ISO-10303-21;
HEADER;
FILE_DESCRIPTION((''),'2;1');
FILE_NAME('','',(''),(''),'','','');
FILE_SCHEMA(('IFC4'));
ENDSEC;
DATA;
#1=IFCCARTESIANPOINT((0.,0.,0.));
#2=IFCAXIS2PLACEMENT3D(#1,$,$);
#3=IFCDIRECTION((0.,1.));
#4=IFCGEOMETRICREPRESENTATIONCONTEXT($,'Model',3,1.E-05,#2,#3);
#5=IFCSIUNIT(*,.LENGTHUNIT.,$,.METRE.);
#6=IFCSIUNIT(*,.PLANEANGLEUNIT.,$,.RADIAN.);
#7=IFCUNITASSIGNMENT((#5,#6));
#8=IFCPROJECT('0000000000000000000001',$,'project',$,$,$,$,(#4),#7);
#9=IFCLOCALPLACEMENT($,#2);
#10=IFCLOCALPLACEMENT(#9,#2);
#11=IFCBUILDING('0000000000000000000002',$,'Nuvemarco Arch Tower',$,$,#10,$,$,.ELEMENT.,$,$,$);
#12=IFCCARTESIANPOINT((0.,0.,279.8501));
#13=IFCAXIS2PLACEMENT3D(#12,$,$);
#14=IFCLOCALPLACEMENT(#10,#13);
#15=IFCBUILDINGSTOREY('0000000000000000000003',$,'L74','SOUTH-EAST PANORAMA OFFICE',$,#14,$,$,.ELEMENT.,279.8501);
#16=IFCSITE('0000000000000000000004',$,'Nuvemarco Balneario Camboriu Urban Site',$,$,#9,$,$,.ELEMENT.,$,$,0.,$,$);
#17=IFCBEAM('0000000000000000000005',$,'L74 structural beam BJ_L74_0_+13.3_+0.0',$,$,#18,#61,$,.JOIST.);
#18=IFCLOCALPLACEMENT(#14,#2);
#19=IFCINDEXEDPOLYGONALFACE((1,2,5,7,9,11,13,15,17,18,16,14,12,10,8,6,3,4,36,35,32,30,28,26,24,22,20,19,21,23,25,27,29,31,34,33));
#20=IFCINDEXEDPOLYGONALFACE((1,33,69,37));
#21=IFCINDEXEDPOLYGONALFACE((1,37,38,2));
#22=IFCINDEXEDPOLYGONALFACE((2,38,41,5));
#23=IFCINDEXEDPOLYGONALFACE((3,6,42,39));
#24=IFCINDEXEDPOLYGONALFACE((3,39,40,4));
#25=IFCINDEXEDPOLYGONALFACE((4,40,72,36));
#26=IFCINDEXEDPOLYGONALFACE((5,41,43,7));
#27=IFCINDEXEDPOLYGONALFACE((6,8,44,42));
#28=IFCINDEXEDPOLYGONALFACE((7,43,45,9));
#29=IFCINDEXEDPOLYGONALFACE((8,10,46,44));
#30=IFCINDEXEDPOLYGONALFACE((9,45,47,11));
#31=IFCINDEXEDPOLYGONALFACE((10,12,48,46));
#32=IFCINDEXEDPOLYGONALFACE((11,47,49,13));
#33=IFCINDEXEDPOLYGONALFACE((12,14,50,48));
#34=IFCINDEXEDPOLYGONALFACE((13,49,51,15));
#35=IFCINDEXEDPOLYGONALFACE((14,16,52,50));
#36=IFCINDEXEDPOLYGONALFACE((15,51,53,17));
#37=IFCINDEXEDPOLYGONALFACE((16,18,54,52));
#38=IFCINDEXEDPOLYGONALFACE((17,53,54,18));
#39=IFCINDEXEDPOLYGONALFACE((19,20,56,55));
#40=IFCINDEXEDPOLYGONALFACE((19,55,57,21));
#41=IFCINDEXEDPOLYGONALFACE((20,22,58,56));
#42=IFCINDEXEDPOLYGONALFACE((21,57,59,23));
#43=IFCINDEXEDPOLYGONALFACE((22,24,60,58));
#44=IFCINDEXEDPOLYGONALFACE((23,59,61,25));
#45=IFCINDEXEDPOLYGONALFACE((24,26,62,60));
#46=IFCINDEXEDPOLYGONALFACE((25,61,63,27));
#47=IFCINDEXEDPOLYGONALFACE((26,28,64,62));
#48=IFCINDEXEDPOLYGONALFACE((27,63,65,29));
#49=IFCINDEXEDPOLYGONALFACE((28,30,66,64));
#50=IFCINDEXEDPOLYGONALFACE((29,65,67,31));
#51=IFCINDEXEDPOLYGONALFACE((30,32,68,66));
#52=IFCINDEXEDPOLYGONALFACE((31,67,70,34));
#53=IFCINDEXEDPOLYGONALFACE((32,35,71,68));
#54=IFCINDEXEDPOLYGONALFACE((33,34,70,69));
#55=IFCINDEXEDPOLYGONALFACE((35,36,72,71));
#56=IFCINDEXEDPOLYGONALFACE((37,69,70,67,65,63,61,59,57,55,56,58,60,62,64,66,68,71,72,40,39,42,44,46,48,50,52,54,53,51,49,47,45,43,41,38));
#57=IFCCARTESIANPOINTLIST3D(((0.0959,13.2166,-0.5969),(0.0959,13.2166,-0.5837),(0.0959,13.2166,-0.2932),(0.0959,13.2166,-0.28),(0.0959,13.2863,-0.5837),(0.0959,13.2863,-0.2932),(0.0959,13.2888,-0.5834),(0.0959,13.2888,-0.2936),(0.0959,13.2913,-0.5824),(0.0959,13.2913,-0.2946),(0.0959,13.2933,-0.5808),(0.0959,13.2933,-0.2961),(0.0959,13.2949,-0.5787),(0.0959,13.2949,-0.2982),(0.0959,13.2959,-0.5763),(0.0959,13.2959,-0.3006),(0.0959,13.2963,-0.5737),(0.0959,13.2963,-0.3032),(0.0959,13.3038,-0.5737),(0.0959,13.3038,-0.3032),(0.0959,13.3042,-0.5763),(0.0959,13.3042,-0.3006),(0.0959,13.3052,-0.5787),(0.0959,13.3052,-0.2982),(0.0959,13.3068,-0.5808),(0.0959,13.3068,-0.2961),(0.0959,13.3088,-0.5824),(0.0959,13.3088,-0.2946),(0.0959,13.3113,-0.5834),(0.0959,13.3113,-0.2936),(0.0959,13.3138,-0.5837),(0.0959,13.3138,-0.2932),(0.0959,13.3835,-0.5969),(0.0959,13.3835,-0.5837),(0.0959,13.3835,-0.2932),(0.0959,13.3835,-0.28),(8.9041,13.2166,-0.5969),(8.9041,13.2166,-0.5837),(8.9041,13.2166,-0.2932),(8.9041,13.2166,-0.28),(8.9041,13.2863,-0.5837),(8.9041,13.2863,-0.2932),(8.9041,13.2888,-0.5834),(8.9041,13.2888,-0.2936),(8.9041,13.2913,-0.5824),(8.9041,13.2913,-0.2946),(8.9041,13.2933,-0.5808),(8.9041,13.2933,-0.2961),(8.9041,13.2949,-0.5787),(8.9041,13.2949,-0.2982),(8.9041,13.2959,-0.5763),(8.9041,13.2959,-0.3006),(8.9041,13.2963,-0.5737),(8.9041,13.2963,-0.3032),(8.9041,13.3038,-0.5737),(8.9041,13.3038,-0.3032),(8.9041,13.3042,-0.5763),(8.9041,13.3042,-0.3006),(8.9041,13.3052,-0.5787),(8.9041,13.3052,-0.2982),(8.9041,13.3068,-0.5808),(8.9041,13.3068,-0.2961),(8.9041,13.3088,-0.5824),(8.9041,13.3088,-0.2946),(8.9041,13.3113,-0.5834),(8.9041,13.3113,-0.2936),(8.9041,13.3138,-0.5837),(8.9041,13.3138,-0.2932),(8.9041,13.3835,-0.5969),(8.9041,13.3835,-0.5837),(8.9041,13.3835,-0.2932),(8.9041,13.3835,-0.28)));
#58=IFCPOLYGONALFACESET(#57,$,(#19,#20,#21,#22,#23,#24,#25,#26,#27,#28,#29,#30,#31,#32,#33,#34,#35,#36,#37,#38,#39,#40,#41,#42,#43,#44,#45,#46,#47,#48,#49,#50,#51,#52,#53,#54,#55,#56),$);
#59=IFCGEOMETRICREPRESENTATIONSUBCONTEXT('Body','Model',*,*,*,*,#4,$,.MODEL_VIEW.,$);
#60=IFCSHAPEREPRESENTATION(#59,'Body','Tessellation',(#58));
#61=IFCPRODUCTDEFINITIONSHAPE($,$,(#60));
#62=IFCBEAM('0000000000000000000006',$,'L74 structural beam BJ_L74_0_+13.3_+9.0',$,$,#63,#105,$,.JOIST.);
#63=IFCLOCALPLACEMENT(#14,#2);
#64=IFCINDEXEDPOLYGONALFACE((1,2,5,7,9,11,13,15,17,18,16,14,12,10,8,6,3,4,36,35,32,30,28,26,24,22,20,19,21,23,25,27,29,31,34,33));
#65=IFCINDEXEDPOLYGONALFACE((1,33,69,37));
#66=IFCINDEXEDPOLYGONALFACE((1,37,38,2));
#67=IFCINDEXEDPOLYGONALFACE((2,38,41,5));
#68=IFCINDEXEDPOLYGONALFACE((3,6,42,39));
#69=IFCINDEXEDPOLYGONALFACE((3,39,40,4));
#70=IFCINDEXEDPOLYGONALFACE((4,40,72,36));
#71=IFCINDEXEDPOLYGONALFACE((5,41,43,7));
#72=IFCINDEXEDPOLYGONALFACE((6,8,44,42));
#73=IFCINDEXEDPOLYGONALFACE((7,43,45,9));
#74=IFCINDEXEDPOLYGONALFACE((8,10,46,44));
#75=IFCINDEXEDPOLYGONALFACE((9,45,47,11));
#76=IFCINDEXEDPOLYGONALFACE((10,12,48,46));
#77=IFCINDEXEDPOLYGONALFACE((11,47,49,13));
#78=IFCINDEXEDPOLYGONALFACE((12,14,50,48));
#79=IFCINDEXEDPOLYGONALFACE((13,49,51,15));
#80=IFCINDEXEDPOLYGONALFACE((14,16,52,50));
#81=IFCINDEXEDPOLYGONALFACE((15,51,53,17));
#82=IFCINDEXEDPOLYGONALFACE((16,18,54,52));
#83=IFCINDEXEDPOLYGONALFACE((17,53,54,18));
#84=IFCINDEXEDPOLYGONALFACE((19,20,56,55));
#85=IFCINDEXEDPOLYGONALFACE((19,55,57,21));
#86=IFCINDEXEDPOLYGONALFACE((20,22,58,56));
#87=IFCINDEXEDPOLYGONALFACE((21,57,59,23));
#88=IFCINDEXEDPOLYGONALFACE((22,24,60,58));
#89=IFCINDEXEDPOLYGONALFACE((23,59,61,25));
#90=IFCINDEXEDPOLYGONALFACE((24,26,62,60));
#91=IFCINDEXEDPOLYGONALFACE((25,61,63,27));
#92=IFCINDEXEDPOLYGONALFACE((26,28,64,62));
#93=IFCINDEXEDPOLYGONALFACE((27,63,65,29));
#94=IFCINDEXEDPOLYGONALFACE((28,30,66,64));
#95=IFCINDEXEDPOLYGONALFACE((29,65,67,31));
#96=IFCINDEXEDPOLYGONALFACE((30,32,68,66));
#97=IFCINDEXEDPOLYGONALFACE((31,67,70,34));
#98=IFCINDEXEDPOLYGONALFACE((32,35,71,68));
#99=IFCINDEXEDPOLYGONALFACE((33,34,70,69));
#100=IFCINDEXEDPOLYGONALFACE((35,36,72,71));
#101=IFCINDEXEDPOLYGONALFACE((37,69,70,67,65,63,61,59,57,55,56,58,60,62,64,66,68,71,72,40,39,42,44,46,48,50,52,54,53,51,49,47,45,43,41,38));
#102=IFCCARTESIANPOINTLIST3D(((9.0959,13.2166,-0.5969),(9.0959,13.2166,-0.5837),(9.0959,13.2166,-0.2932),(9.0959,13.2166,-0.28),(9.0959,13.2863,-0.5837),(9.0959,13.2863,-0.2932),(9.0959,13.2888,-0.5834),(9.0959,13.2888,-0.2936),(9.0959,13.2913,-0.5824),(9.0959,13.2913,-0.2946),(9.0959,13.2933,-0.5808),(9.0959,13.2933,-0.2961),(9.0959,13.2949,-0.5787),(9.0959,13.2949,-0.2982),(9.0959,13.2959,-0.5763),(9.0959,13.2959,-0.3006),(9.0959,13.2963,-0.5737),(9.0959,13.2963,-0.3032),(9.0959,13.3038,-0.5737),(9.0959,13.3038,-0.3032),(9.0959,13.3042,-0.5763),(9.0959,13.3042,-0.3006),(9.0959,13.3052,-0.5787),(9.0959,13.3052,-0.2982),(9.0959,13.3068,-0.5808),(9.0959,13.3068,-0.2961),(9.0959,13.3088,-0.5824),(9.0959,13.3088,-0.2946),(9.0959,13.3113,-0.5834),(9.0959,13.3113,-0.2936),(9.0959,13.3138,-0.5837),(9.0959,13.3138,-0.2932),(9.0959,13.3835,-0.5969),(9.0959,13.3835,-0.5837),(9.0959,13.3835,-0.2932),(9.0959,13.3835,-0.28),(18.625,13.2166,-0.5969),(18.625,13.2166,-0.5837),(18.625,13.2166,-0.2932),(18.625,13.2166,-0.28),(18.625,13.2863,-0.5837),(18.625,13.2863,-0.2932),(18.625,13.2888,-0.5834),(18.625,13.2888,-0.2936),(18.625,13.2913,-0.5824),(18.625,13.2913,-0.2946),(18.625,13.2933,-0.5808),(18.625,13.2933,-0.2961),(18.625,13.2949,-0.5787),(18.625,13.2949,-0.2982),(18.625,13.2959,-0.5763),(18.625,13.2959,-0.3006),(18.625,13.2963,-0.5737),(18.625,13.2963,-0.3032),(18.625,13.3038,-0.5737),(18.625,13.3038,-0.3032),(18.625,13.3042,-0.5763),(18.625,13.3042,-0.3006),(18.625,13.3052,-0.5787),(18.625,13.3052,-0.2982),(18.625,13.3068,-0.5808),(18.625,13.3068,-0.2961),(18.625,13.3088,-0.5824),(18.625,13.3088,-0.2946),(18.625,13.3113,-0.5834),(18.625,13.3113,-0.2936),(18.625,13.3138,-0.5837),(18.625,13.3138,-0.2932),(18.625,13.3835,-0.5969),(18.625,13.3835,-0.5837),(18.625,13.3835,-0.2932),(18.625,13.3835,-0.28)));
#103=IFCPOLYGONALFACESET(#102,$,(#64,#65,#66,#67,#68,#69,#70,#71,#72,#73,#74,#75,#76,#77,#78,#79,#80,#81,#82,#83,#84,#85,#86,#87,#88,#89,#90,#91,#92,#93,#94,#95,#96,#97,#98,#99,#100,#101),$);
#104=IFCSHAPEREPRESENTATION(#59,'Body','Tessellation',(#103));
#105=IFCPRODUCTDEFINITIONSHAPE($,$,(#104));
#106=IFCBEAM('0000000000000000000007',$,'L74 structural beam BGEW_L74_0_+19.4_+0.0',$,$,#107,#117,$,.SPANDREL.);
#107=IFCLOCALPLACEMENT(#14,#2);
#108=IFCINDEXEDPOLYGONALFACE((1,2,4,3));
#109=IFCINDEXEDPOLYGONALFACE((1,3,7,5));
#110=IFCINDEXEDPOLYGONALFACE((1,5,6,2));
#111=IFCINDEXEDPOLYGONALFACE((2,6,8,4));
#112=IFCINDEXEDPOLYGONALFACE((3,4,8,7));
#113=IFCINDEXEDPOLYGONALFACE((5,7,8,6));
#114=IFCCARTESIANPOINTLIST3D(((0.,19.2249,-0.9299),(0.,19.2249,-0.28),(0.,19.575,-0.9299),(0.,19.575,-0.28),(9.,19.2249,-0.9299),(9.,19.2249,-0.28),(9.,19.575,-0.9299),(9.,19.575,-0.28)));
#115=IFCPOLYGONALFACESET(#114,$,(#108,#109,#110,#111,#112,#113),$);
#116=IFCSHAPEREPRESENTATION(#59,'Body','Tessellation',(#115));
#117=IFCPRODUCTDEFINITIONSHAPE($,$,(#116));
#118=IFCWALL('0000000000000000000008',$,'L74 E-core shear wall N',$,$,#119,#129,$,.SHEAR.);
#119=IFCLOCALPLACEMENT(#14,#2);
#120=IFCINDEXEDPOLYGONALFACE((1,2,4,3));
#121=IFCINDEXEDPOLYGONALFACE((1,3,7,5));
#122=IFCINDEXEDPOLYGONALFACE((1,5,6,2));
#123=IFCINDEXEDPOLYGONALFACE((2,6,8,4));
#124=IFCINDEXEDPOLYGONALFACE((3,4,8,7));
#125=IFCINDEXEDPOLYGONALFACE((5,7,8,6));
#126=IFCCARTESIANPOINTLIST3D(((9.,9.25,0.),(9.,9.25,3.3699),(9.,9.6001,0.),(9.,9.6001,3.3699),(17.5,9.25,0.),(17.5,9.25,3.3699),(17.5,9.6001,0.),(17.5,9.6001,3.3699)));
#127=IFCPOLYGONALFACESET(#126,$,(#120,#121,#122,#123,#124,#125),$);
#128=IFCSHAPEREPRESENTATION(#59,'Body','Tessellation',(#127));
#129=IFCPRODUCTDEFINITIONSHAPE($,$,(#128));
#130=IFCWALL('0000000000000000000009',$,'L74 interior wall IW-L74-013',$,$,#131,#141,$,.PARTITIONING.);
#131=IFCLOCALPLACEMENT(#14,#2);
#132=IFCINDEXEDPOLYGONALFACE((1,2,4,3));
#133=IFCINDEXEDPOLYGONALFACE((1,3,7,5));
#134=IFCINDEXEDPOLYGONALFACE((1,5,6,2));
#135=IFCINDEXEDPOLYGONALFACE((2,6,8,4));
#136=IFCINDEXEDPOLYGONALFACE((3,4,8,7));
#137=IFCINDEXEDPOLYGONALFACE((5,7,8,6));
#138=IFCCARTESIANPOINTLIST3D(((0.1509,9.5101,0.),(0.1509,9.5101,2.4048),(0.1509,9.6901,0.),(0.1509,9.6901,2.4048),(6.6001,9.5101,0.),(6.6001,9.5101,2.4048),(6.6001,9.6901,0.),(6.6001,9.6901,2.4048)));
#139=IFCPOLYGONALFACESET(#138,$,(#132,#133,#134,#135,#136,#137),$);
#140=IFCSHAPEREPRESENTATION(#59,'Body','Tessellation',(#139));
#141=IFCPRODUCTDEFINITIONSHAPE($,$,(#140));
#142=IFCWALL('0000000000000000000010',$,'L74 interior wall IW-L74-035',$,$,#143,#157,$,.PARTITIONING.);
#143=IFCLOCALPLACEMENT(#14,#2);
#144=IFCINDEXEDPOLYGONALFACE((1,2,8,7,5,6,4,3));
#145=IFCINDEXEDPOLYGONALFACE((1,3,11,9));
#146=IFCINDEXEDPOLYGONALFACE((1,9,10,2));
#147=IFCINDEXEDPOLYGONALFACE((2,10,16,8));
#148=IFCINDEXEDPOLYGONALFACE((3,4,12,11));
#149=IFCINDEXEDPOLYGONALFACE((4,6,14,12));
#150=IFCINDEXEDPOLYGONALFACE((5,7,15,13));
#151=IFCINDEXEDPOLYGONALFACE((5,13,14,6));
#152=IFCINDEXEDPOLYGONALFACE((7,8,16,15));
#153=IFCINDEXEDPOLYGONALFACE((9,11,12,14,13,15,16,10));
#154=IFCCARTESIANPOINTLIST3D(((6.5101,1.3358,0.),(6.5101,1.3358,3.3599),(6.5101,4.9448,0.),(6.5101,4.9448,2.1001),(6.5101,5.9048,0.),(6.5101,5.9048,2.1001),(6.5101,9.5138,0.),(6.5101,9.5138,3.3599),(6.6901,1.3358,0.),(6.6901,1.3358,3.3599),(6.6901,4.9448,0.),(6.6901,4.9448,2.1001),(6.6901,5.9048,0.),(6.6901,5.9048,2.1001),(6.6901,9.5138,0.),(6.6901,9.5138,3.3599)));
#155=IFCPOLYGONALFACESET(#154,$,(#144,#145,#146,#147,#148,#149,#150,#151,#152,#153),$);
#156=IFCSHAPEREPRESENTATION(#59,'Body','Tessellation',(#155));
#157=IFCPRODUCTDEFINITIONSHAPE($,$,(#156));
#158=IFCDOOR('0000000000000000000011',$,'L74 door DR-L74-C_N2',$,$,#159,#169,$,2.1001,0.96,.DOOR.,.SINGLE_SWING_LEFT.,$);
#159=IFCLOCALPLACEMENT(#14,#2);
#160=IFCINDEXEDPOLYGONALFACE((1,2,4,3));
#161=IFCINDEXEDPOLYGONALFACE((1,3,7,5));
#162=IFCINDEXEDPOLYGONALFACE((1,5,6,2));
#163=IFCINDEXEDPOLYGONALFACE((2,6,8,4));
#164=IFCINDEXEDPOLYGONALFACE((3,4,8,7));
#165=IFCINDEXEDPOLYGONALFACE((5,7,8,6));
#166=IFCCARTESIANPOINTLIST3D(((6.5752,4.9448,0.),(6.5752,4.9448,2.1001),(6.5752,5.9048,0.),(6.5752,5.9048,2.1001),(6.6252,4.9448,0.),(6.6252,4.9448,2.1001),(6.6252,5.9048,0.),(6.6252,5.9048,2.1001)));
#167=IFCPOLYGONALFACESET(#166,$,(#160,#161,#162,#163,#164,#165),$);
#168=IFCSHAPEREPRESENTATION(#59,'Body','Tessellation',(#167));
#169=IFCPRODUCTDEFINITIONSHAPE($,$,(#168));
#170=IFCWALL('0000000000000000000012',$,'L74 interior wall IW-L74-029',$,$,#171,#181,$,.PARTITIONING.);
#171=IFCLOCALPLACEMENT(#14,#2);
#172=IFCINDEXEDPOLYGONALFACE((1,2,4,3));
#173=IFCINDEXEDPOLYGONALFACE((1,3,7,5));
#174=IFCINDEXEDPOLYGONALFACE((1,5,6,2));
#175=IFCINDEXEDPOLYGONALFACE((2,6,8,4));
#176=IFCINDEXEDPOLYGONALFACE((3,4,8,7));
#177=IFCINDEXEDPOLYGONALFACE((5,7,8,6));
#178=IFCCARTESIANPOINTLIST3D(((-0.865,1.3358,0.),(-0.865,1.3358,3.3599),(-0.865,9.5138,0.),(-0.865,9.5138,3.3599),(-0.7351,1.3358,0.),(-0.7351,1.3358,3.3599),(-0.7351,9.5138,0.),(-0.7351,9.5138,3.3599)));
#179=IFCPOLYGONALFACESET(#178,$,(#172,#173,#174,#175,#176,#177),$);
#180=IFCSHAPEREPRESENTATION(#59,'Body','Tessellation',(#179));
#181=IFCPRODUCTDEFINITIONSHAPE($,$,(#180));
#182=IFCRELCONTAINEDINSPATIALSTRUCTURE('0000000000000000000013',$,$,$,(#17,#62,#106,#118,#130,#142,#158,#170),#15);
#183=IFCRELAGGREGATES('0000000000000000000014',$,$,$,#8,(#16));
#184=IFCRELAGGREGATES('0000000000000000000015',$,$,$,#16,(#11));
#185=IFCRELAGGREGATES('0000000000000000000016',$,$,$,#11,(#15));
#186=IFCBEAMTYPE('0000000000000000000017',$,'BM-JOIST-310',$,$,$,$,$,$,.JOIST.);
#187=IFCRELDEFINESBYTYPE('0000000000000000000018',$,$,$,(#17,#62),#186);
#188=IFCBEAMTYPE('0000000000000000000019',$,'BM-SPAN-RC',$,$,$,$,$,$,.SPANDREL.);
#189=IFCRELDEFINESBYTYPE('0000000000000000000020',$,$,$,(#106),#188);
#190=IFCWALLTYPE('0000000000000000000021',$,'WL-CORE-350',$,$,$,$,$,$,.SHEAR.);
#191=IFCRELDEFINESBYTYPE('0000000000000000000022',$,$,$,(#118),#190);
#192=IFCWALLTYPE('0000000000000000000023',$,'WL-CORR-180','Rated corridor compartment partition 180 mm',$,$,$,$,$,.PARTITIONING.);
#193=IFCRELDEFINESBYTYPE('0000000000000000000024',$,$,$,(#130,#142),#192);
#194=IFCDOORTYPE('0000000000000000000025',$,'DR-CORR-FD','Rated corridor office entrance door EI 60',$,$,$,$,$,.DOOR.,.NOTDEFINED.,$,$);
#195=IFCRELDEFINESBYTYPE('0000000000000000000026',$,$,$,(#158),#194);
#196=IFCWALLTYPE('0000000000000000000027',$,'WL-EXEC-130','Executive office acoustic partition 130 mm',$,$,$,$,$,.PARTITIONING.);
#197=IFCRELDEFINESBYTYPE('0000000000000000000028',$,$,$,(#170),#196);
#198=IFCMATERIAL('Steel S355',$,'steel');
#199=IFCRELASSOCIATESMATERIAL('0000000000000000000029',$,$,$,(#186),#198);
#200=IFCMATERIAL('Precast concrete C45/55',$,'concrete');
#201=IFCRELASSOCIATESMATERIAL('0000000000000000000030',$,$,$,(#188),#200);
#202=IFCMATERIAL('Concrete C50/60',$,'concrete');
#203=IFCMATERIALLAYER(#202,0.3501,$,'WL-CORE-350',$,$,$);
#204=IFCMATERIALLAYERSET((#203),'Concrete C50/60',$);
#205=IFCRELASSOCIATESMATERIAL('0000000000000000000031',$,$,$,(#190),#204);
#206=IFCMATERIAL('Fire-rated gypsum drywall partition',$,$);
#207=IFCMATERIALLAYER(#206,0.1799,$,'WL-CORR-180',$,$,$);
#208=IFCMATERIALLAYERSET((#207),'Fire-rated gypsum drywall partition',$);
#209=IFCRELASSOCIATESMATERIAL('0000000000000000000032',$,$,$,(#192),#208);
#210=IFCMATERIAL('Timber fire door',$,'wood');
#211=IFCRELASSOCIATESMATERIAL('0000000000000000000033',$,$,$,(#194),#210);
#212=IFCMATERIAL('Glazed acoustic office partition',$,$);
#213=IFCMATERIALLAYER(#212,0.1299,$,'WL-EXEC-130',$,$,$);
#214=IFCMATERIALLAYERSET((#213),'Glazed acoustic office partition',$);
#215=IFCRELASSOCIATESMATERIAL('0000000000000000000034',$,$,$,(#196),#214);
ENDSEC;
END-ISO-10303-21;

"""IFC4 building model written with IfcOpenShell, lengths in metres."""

from ifc_helpers import new_model, si_unit, direction, frame, frame_2d, origin, origin_2d, place, context, subcontext, project, spatial, rectangle, i_section, extrude, source, transform, mapped, material, layer, layer_set, material_profile, profile_set, type_object, type_shapes, element, fill, save


model = new_model("IFC4")

# Units and contexts
model_context = context("Model", 3, precision=1e-05, world=origin(), true_north=direction((0.0, 1.0)))
body_context = subcontext(model_context, "Body", "Model", "MODEL_VIEW")
ifc_project = project(units=[si_unit("LENGTHUNIT", "METRE"), si_unit("PLANEANGLEUNIT", "RADIAN")], contexts=[model_context])

# Site, building, storey
site_placement = place(None, origin())
site = spatial("IfcSite", under=ifc_project, at=site_placement, Name="Nuvemarco Balneario Camboriu Urban Site", CompositionType="ELEMENT", RefElevation=0.0)
building_placement = place(site_placement, origin())
building = spatial("IfcBuilding", under=site, at=building_placement, Name="Nuvemarco Arch Tower", CompositionType="ELEMENT")
storey_placement = place(building_placement, frame((0.0, 0.0, 279.8501)))
storey = spatial("IfcBuildingStorey", under=building, at=storey_placement, Name="L74", Description="SOUTH-EAST PANORAMA OFFICE", CompositionType="ELEMENT", Elevation=279.8501)

# Shared definitions
ifc_material_1 = material(Name="Concrete C50/60", Category="concrete")
ifc_material_2 = material(Name="Steel S355", Category="steel")

# Beams
ifc_material_profile_1 = material_profile(ifc_material_2, i_section(OverallWidth=0.167, OverallDepth=0.3169, WebThickness=0.0076, FlangeThickness=0.0132, FilletRadius=0.01, at=origin_2d()), Name="W310x52")
ifc_profile_set_1 = profile_set([ifc_material_profile_1], Name="Steel S355")
beam_type_1 = type_object("IfcBeamType", Name="BM-JOIST-310", PredefinedType="JOIST", material=ifc_profile_set_1)
beam_1_placement = place(storey_placement, frame((0.0959, 13.3, -0.4385), z_axis=(1.0, 0.0, 0.0), x_axis=(0.0, 1.0, 0.0)))
element("IfcBeam", 1, at=beam_1_placement, inside=storey, type_object=beam_type_1, Name="L74 structural beam BJ_L74_0_+13.3_+0.0", PredefinedType="JOIST", context=body_context, shape_type="SweptSolid", body=[
    extrude(i_section(OverallWidth=0.167, OverallDepth=0.3169, WebThickness=0.0076, FlangeThickness=0.0132, FilletRadius=0.01, at=origin_2d()), origin(), (0.0, 0.0, 1.0), 8.8081),
])
beam_2_placement = place(storey_placement, frame((9.0959, 13.3, -0.4385), z_axis=(1.0, 0.0, 0.0), x_axis=(0.0, 1.0, 0.0)))
element("IfcBeam", 2, at=beam_2_placement, inside=storey, type_object=beam_type_1, Name="L74 structural beam BJ_L74_0_+13.3_+9.0", PredefinedType="JOIST", context=body_context, shape_type="SweptSolid", body=[
    extrude(i_section(OverallWidth=0.167, OverallDepth=0.3169, WebThickness=0.0076, FlangeThickness=0.0132, FilletRadius=0.01, at=origin_2d()), origin(), (0.0, 0.0, 1.0), 9.5291),
])
ifc_material_3 = material(Name="Precast concrete C45/55", Category="concrete")
ifc_material_profile_2 = material_profile(ifc_material_3, rectangle(XDim=0.3501, YDim=0.6499, at=origin_2d()), Name="PC-SP-350x650")
ifc_profile_set_2 = profile_set([ifc_material_profile_2], Name="Precast concrete C45/55")
beam_type_2 = type_object("IfcBeamType", Name="BM-SPAN-RC", PredefinedType="SPANDREL", material=ifc_profile_set_2)
beam_3_placement = place(storey_placement, frame((0.0, 19.3999, -0.605), z_axis=(1.0, 0.0, 0.0), x_axis=(0.0, 1.0, 0.0)))
element("IfcBeam", 3, at=beam_3_placement, inside=storey, type_object=beam_type_2, Name="L74 structural beam BGEW_L74_0_+19.4_+0.0", PredefinedType="SPANDREL", context=body_context, shape_type="SweptSolid", body=[
    extrude(rectangle(XDim=0.3501, YDim=0.6499, at=origin_2d()), origin(), (0.0, 0.0, 1.0), 9.0),
])

# Walls
ifc_layer_1 = layer(ifc_material_1, 0.3501, Name="WL-CORE-350")
ifc_layer_set_1 = layer_set([ifc_layer_1], Name="Concrete C50/60")
wall_type_1 = type_object("IfcWallType", Name="WL-CORE-350", PredefinedType="SHEAR", material=ifc_layer_set_1)
wall_1_placement = place(storey_placement, frame((9.0, 9.425, 0.0), z_axis=(0.0, 0.0, 1.0), x_axis=(1.0, 0.0, 0.0)))
element("IfcWall", 4, at=wall_1_placement, inside=storey, type_object=wall_type_1, Name="L74 E-core shear wall N", PredefinedType="SHEAR", context=body_context, shape_type="SweptSolid", body=[
    extrude(rectangle(XDim=8.5, YDim=0.3501, at=frame_2d((4.25, 0.0))), origin(), (0.0, 0.0, 1.0), 3.3699),
])
ifc_material_4 = material(Name="Fire-rated gypsum drywall partition")
ifc_layer_2 = layer(ifc_material_4, 0.1799, Name="WL-CORR-180")
ifc_layer_set_2 = layer_set([ifc_layer_2], Name="Fire-rated gypsum drywall partition")
wall_type_2 = type_object("IfcWallType", Name="WL-CORR-180", Description="Rated corridor compartment partition 180 mm", PredefinedType="PARTITIONING", material=ifc_layer_set_2)
wall_2_placement = place(storey_placement, frame((0.1509, 9.6001, 0.0), z_axis=(0.0, 0.0, 1.0), x_axis=(1.0, 0.0, 0.0)))
element("IfcWall", 5, at=wall_2_placement, inside=storey, type_object=wall_type_2, Name="L74 interior wall IW-L74-013", PredefinedType="PARTITIONING", context=body_context, shape_type="SweptSolid", body=[
    extrude(rectangle(XDim=6.4492, YDim=0.1799, at=frame_2d((3.2246, 0.0))), origin(), (0.0, 0.0, 1.0), 2.4048),
])

# Wall, opening, door
wall_3_placement = place(storey_placement, frame((6.6001, 1.3359, 0.0), z_axis=(0.0, 0.0, 1.0), x_axis=(0.0, 1.0, 0.0)))
wall_3 = element("IfcWall", 6, at=wall_3_placement, inside=storey, type_object=wall_type_2, Name="L74 interior wall IW-L74-035", PredefinedType="PARTITIONING", context=body_context, shape_type="SweptSolid", body=[
    extrude(rectangle(XDim=8.178, YDim=0.1799, at=frame_2d((4.0889, 0.0))), origin(), (0.0, 0.0, 1.0), 3.3599),
])
opening_placement = place(wall_3_placement, frame((3.6089, 0.0, 0.0)))
opening = element("IfcOpeningElement", 7, at=opening_placement, cuts=wall_3, PredefinedType="OPENING", context=body_context, shape_type="SweptSolid", body=[
    extrude(rectangle(XDim=0.96, YDim=2.1001, at=frame_2d((0.48, 1.05))), frame((0.0, 0.0999, 0.0), z_axis=(0.0, -1.0, 0.0), x_axis=(1.0, 0.0, 0.0)), (0.0, 0.0, 1.0), 0.2),
])
ifc_material_5 = material(Name="Timber fire door", Category="wood")
door_type = type_object("IfcDoorType", Name="DR-CORR-FD", Description="Rated corridor office entrance door EI 60", OperationType="NOTDEFINED", PredefinedType="DOOR", material=ifc_material_5)
shared_shape_1 = source(origin(), body_context, "Body", "SweptSolid", [
    extrude(rectangle(XDim=0.96, YDim=2.1001, at=frame_2d((0.48, 1.05))), frame((0.0, 0.0249, 0.0), z_axis=(0.0, -1.0, 0.0), x_axis=(1.0, 0.0, 0.0)), (0.0, 0.0, 1.0), 0.05),
])
type_shapes(door_type, [shared_shape_1])
door_placement = place(opening_placement, origin())
door = element("IfcDoor", 8, at=door_placement, inside=storey, type_object=door_type, Name="L74 door DR-L74-C_N2", OperationType="SINGLE_SWING_LEFT", OverallHeight=2.1001, OverallWidth=0.96, PredefinedType="DOOR", context=body_context, shape_type="MappedRepresentation", body=[
    mapped(shared_shape_1, transform((0.0, 0.0, 0.0), scale=1.0)),
])
fill(opening, door)

# Wall
ifc_material_6 = material(Name="Glazed acoustic office partition")
ifc_layer_3 = layer(ifc_material_6, 0.1299, Name="WL-EXEC-130")
ifc_layer_set_3 = layer_set([ifc_layer_3], Name="Glazed acoustic office partition")
wall_type_3 = type_object("IfcWallType", Name="WL-EXEC-130", Description="Executive office acoustic partition 130 mm", PredefinedType="PARTITIONING", material=ifc_layer_set_3)
wall_4_placement = place(storey_placement, frame((-0.8, 1.3359, 0.0), z_axis=(0.0, 0.0, 1.0), x_axis=(0.0, 1.0, 0.0)))
element("IfcWall", 9, at=wall_4_placement, inside=storey, type_object=wall_type_3, Name="L74 interior wall IW-L74-029", PredefinedType="PARTITIONING", context=body_context, shape_type="SweptSolid", body=[
    extrude(rectangle(XDim=8.178, YDim=0.1299, at=frame_2d((4.0889, 0.0))), origin(), (0.0, 0.0, 1.0), 3.3599),
])

save(model, "model.ifc")
